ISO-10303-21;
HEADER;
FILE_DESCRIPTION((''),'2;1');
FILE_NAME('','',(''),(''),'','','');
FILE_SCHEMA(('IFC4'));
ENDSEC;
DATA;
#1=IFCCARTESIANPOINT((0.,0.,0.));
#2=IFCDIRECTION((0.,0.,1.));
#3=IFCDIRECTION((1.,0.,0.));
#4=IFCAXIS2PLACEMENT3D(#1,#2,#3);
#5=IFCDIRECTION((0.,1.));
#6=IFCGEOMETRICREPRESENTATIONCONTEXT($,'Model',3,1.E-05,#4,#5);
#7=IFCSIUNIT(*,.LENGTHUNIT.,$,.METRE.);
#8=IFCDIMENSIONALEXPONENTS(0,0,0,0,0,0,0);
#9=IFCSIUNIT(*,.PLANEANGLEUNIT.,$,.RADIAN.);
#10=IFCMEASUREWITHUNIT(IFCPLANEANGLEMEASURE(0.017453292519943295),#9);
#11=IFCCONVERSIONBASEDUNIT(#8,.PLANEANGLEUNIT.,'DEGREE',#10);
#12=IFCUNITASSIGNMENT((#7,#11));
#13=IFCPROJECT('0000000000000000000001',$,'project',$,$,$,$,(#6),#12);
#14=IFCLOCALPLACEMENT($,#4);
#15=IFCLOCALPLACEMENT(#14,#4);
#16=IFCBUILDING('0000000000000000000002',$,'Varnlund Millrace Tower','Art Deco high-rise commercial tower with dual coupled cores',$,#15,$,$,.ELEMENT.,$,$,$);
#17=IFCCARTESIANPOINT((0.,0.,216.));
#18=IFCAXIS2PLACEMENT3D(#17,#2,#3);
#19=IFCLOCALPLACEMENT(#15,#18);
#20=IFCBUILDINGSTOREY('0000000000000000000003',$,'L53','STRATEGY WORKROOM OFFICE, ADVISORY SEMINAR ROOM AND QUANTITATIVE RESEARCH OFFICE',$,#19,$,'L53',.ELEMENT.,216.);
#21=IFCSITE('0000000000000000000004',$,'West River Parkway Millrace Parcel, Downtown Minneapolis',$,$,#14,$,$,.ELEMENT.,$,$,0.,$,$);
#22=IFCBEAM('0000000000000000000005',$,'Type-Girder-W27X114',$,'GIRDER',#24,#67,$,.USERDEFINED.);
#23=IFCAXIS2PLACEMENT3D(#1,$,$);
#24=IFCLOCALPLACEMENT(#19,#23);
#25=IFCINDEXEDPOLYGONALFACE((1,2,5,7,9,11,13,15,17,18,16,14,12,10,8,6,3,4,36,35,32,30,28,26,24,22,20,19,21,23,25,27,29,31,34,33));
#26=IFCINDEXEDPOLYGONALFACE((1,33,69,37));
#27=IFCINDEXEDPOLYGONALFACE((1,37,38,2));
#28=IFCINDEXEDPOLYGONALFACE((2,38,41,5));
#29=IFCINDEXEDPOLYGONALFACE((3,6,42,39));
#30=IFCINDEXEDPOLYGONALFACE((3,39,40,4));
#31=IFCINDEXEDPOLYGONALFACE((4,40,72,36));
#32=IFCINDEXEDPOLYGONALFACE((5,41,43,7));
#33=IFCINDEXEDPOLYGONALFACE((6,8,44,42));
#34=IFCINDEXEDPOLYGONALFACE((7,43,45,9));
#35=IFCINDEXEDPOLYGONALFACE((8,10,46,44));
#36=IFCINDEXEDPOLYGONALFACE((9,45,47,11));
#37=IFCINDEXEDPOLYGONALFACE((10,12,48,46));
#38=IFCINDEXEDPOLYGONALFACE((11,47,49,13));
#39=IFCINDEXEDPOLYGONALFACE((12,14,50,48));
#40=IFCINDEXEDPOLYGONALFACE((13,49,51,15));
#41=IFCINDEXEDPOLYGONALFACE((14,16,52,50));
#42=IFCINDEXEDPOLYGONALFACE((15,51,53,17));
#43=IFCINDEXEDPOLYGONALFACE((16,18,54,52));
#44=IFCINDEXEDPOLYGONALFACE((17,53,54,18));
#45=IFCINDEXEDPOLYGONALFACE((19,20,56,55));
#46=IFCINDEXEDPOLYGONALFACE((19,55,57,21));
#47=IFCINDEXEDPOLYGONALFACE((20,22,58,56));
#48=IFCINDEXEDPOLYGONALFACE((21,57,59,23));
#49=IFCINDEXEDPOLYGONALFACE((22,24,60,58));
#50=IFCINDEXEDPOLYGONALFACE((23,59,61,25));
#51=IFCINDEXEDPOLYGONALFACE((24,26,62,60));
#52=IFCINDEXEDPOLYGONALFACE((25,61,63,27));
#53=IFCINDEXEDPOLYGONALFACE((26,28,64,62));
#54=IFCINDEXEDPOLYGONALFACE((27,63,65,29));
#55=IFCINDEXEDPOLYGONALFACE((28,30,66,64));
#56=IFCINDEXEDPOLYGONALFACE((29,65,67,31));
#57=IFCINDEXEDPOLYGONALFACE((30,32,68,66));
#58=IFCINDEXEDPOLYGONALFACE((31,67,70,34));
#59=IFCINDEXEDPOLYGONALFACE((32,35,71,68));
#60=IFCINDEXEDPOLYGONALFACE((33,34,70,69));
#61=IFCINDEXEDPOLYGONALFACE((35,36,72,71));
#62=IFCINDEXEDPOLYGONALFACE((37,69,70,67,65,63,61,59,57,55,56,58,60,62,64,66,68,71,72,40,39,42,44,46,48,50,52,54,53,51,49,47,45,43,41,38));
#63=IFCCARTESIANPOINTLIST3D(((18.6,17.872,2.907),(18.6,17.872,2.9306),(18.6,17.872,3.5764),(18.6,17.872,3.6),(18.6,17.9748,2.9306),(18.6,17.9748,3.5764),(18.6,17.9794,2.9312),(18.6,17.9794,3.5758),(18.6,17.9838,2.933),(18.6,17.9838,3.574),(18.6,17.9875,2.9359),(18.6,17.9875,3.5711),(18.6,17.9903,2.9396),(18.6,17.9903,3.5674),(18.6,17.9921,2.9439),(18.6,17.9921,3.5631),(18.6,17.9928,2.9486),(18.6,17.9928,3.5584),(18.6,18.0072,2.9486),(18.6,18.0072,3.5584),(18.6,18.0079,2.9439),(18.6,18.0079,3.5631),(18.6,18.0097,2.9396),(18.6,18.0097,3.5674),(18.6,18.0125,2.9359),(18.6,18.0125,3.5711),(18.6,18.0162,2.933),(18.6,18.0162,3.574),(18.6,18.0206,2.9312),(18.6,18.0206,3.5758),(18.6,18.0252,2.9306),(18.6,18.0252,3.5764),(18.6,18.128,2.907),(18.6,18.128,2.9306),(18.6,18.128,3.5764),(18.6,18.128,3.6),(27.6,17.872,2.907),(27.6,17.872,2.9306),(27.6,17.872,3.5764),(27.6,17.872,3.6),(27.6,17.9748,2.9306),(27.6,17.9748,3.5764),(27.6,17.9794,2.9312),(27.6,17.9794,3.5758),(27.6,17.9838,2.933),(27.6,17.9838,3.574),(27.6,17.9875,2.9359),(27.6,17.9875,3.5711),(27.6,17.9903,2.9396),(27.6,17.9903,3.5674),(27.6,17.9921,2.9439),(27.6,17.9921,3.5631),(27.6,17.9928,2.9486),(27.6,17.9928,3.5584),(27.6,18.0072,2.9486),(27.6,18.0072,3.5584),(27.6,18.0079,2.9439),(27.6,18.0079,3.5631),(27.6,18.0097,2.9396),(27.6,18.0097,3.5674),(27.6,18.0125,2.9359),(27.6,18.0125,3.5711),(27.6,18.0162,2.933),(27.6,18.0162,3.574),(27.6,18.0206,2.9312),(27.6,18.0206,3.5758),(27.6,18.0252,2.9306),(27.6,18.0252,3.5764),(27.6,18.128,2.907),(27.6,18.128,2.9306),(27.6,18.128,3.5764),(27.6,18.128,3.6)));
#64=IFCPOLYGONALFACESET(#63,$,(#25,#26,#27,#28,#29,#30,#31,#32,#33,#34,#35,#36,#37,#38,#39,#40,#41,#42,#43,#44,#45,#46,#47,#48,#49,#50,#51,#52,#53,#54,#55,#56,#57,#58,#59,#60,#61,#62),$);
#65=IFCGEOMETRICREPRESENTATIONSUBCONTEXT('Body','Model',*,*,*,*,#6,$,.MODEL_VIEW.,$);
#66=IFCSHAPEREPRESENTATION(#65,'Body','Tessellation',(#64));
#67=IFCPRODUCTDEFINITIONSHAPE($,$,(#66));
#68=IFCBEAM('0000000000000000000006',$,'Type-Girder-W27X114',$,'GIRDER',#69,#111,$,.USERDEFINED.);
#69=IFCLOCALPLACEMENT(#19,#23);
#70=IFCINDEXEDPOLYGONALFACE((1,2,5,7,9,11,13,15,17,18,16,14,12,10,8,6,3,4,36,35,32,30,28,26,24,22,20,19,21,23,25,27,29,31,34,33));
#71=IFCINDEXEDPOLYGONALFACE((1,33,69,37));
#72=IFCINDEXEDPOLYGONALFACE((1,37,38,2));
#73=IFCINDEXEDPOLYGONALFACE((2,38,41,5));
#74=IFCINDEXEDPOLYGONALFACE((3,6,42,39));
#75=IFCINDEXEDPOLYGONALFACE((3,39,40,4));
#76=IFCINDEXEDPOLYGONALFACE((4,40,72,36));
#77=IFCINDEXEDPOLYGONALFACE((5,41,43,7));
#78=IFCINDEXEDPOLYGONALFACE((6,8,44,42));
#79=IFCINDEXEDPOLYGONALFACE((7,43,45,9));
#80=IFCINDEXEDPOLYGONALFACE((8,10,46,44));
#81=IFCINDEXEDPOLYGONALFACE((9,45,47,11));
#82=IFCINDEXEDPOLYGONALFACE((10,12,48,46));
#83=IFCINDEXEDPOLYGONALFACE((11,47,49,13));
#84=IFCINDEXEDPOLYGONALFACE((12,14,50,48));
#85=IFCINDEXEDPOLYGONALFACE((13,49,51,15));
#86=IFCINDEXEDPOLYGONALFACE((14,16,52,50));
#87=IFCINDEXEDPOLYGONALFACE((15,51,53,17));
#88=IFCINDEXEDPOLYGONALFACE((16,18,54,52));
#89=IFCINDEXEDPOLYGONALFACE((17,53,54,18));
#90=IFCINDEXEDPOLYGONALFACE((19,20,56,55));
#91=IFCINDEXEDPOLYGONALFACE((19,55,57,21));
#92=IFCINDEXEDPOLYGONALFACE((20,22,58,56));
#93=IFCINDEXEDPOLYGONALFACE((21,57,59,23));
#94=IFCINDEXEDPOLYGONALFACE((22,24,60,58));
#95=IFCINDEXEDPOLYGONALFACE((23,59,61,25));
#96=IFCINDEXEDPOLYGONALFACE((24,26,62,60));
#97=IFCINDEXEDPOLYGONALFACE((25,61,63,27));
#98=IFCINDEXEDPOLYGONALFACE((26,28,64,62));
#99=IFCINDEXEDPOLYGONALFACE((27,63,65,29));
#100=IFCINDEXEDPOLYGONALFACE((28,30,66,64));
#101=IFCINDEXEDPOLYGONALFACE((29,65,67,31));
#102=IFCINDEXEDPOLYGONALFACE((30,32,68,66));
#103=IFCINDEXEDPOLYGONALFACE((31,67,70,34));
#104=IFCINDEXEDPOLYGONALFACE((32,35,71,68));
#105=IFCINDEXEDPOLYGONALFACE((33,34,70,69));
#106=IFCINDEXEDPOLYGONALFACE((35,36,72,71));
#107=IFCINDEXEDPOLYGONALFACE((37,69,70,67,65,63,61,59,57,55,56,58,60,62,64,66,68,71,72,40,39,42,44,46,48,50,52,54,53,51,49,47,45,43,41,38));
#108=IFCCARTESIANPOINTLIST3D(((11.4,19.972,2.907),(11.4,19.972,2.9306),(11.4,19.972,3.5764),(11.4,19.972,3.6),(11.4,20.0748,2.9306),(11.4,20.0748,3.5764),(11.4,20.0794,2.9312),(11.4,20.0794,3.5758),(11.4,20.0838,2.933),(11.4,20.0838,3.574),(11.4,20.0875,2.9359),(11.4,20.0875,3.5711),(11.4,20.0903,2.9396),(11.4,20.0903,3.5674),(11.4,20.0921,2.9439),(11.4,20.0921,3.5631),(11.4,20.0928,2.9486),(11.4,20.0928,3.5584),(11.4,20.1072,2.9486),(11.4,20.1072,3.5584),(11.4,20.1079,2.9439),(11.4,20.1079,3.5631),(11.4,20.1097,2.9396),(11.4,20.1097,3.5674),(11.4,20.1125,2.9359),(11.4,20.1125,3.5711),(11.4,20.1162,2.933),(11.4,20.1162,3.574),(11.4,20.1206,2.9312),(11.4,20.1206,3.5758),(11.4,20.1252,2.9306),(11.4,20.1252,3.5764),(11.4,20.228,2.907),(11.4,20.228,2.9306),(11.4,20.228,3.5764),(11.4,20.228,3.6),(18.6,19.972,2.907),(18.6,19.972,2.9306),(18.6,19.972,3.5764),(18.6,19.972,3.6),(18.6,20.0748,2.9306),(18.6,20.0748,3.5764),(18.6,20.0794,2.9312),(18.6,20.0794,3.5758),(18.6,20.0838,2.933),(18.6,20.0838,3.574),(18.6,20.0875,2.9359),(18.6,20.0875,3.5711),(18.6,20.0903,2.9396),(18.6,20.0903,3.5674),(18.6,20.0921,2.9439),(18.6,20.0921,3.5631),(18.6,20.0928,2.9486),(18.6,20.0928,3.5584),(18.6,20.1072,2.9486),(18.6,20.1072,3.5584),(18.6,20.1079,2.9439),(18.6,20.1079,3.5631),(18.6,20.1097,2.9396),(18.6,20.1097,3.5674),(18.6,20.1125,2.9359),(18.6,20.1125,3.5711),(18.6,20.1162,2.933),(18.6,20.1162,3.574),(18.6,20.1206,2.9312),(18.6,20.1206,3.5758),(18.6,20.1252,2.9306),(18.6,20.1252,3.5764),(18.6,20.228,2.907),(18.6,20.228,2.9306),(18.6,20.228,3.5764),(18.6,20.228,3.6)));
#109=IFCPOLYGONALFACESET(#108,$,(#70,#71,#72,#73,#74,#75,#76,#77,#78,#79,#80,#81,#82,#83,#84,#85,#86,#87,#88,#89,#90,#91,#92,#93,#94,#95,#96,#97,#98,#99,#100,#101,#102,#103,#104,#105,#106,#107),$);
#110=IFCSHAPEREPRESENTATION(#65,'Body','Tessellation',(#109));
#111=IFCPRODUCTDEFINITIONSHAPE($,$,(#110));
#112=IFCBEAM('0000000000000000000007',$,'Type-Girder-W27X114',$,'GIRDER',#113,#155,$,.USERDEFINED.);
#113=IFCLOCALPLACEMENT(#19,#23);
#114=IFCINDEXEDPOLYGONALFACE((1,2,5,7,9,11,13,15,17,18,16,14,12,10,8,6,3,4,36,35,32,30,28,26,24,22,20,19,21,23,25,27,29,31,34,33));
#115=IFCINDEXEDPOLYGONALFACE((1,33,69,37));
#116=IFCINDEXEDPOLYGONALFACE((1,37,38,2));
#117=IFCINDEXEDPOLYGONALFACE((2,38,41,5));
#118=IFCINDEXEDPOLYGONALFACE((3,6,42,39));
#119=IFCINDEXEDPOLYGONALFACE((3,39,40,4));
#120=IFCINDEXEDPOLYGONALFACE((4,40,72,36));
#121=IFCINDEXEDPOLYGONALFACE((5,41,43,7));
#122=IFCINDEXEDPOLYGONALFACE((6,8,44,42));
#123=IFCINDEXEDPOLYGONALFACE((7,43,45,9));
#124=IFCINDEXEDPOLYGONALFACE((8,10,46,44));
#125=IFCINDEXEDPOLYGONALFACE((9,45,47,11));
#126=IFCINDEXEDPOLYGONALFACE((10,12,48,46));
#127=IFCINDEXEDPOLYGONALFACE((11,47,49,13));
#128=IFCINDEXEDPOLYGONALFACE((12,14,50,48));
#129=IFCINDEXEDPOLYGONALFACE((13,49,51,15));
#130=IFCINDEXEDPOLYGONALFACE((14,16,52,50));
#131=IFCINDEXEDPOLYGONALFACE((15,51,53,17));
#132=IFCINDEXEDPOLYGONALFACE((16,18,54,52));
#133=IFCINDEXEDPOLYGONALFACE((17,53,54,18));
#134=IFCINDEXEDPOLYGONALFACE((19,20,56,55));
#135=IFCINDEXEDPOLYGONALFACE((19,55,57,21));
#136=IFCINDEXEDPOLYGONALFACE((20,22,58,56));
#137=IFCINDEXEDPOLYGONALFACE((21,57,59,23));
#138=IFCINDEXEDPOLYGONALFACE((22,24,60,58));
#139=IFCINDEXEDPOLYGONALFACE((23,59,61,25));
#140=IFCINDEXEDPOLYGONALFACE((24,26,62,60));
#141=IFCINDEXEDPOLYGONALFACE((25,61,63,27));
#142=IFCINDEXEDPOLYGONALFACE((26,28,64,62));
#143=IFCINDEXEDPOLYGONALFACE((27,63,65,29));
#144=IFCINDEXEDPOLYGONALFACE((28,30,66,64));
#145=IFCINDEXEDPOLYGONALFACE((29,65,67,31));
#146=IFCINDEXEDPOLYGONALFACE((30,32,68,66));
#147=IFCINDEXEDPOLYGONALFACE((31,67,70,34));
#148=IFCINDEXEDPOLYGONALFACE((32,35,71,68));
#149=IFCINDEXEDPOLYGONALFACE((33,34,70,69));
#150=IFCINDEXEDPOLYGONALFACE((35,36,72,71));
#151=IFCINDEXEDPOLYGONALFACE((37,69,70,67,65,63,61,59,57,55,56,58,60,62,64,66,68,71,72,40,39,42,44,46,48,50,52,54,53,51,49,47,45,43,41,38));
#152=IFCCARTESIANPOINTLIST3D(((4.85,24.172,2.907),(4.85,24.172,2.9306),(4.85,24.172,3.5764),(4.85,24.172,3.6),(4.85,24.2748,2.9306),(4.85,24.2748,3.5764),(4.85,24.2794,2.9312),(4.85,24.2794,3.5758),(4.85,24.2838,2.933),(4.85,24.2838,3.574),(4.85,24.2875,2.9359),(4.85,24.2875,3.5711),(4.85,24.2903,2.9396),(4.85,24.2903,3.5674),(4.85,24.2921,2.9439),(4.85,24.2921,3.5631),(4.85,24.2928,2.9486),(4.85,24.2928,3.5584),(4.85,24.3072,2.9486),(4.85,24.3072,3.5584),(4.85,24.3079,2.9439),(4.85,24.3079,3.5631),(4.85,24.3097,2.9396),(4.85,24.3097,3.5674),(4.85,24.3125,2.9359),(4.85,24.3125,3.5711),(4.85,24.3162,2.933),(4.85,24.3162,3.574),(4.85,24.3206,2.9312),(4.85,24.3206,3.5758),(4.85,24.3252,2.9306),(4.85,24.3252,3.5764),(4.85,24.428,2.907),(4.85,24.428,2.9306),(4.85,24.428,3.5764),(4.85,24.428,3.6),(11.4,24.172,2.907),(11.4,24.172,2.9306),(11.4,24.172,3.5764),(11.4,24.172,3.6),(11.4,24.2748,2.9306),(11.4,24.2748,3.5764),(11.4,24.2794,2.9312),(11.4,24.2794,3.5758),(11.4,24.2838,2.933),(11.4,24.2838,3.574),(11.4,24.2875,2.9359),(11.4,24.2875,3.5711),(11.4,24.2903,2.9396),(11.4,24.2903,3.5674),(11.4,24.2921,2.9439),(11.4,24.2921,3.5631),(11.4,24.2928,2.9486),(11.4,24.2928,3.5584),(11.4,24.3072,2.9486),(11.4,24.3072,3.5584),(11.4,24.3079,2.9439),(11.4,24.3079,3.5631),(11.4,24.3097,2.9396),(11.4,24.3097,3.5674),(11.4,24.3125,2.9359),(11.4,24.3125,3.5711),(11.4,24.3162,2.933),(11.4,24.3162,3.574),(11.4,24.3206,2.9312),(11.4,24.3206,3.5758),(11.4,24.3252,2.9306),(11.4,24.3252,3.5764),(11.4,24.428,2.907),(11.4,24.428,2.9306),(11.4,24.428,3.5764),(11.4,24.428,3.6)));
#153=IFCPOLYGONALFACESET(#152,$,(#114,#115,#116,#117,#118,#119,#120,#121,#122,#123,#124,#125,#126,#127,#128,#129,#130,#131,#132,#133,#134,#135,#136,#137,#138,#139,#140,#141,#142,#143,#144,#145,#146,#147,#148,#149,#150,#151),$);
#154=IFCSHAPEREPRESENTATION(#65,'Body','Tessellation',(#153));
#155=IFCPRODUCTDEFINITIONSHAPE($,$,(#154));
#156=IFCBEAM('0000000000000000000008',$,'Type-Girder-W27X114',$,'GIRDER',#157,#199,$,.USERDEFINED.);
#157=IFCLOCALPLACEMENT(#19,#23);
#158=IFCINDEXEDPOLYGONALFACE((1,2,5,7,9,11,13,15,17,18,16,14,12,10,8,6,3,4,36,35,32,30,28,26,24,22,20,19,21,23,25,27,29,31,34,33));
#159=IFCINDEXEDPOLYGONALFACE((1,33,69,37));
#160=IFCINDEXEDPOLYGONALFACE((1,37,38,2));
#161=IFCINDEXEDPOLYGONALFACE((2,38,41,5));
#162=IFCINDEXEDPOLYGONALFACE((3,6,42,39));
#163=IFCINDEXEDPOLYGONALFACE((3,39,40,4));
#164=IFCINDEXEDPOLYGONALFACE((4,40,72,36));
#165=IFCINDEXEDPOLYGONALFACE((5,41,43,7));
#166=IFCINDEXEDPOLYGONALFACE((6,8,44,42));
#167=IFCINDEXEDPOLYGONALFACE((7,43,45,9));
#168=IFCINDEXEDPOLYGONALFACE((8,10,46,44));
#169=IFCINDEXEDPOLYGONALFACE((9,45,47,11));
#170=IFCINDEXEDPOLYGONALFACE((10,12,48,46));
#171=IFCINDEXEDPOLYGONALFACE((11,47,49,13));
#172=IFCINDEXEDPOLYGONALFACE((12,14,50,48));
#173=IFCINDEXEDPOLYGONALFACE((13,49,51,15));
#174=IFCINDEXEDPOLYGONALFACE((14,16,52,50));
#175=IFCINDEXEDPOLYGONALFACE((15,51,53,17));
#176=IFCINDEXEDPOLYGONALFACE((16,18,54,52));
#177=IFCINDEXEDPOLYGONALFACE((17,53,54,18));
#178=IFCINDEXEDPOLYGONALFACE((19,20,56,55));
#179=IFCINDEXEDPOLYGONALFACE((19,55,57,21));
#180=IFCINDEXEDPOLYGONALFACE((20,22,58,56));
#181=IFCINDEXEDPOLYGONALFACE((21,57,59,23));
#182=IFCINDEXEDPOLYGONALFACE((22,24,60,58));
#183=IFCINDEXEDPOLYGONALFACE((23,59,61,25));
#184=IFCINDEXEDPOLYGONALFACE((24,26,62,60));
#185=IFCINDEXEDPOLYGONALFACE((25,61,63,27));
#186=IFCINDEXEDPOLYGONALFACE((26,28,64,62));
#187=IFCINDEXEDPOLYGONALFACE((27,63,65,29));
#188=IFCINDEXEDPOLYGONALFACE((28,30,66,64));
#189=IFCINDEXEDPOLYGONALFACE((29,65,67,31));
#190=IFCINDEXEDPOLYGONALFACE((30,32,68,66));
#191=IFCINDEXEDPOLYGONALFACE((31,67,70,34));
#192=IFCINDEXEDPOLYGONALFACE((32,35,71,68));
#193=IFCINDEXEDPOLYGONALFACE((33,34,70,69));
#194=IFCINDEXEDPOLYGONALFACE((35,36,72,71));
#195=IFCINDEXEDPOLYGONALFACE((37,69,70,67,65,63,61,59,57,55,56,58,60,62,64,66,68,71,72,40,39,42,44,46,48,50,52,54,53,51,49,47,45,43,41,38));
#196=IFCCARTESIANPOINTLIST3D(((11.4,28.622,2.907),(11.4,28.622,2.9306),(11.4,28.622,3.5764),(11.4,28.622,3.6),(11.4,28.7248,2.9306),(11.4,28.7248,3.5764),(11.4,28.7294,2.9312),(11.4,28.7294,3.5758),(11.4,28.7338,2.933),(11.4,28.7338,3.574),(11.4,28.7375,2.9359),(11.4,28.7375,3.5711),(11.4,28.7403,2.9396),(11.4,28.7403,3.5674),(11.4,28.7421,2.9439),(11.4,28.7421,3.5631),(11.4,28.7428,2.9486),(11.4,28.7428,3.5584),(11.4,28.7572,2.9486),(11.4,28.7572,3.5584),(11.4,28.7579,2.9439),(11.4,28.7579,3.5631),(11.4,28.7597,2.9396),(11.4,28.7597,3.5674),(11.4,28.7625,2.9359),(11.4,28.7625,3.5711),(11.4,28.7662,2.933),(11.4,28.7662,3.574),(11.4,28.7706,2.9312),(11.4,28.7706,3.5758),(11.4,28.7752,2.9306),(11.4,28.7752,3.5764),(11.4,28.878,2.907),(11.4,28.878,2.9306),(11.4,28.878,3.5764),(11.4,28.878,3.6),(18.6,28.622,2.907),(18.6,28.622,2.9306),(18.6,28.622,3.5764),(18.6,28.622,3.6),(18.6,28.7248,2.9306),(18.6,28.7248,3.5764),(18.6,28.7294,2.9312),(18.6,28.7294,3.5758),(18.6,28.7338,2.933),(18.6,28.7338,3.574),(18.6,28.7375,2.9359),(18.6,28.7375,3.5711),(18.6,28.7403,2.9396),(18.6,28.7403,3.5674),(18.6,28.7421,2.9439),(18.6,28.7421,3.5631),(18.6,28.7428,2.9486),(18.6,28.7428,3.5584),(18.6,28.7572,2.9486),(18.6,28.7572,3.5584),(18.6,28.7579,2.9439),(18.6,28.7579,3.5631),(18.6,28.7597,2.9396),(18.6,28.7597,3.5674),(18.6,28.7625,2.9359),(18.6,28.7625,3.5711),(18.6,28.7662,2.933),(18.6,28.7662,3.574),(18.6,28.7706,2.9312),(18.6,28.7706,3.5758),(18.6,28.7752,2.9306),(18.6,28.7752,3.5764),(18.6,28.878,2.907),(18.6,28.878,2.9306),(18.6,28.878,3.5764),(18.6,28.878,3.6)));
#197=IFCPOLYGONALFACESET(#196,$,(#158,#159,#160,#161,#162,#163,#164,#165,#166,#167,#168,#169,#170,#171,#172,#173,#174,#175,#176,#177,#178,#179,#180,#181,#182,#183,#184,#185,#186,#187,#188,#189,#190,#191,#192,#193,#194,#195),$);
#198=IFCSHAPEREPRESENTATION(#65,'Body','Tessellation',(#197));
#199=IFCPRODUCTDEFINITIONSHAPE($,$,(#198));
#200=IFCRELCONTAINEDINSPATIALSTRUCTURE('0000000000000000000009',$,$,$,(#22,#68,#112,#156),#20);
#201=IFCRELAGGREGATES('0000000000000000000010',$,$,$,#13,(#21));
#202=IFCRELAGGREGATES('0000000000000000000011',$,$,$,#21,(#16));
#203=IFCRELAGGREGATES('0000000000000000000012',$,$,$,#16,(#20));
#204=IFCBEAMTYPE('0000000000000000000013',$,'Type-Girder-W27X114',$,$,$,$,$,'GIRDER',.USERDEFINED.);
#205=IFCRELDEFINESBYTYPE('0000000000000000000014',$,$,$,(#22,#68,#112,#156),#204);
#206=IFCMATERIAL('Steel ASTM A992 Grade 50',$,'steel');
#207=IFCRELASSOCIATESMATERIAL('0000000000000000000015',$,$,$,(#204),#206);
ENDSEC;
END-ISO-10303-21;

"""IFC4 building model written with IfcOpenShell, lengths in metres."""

from ifc_helpers import new_model, entity, si_unit, converted_unit, direction, frame, origin_with_axes, origin_2d_with_axis, place, context, subcontext, project, spatial, i_section, extrude, material, material_profile, profile_set, type_object, element, save


model = new_model("IFC4")

# Units and contexts
model_context = context("Model", 3, precision=1e-05, world=origin_with_axes(), true_north=direction((0.0, 1.0)))
body_context = subcontext(model_context, "Body", "Model", "MODEL_VIEW")
ifc_project = project(units=[si_unit("LENGTHUNIT", "METRE"), converted_unit("PLANEANGLEUNIT", "DEGREE", entity("IfcPlaneAngleMeasure", 0.017453292519943295), si_unit("PLANEANGLEUNIT", "RADIAN"), dimensions=[0, 0, 0, 0, 0, 0, 0])], contexts=[model_context])

# Site, building, storey
site_placement = place(None, origin_with_axes())
site = spatial("IfcSite", under=ifc_project, at=site_placement, Name="West River Parkway Millrace Parcel, Downtown Minneapolis", CompositionType="ELEMENT", RefElevation=0.0)
building_placement = place(site_placement, origin_with_axes())
building = spatial("IfcBuilding", under=site, at=building_placement, Name="Varnlund Millrace Tower", Description="Art Deco high-rise commercial tower with dual coupled cores", CompositionType="ELEMENT")
storey_placement = place(building_placement, frame((0.0, 0.0, 216.0), z_axis=(0.0, 0.0, 1.0), x_axis=(1.0, 0.0, 0.0)))
storey = spatial("IfcBuildingStorey", under=building, at=storey_placement, Name="L53", Description="STRATEGY WORKROOM OFFICE, ADVISORY SEMINAR ROOM AND QUANTITATIVE RESEARCH OFFICE", LongName="L53", CompositionType="ELEMENT", Elevation=216.0)

# Beams
ifc_material_1 = material(Name="Steel ASTM A992 Grade 50", Category="steel")
ifc_material_profile_1 = material_profile(ifc_material_1, i_section(OverallWidth=0.256, OverallDepth=0.693, WebThickness=0.0145, FlangeThickness=0.0236, FilletRadius=0.018, at=origin_2d_with_axis()), Name="Steel ASTM A992 Grade 50")
ifc_profile_set_1 = profile_set([ifc_material_profile_1], Name="Steel ASTM A992 Grade 50")
beam_type_1 = type_object("IfcBeamType", Name="Type-Girder-W27X114", ElementType="GIRDER", PredefinedType="USERDEFINED", material=ifc_profile_set_1)
beam_1_placement = place(storey_placement, frame((18.6, 18.0, 3.2535), z_axis=(1.0, 0.0, 0.0), x_axis=(0.0, 1.0, 0.0)))
element("IfcBeam", 1, at=beam_1_placement, inside=storey, type_object=beam_type_1, Name="Type-Girder-W27X114", ObjectType="GIRDER", PredefinedType="USERDEFINED", context=body_context, shape_type="SweptSolid", body=[
    extrude(i_section(OverallWidth=0.256, OverallDepth=0.693, WebThickness=0.0145, FlangeThickness=0.0236, FilletRadius=0.018, at=origin_2d_with_axis()), origin_with_axes(), (0.0, 0.0, 1.0), 9.0),
])
beam_2_placement = place(storey_placement, frame((11.4, 20.1, 3.2535), z_axis=(1.0, 0.0, 0.0), x_axis=(0.0, 1.0, 0.0)))
element("IfcBeam", 2, at=beam_2_placement, inside=storey, type_object=beam_type_1, Name="Type-Girder-W27X114", ObjectType="GIRDER", PredefinedType="USERDEFINED", context=body_context, shape_type="SweptSolid", body=[
    extrude(i_section(OverallWidth=0.256, OverallDepth=0.693, WebThickness=0.0145, FlangeThickness=0.0236, FilletRadius=0.018, at=origin_2d_with_axis()), origin_with_axes(), (0.0, 0.0, 1.0), 7.2),
])
beam_3_placement = place(storey_placement, frame((4.85, 24.3, 3.2535), z_axis=(1.0, 0.0, 0.0), x_axis=(0.0, 1.0, 0.0)))
element("IfcBeam", 3, at=beam_3_placement, inside=storey, type_object=beam_type_1, Name="Type-Girder-W27X114", ObjectType="GIRDER", PredefinedType="USERDEFINED", context=body_context, shape_type="SweptSolid", body=[
    extrude(i_section(OverallWidth=0.256, OverallDepth=0.693, WebThickness=0.0145, FlangeThickness=0.0236, FilletRadius=0.018, at=origin_2d_with_axis()), origin_with_axes(), (0.0, 0.0, 1.0), 6.55),
])
beam_4_placement = place(storey_placement, frame((11.4, 28.75, 3.2535), z_axis=(1.0, 0.0, 0.0), x_axis=(0.0, 1.0, 0.0)))
element("IfcBeam", 4, at=beam_4_placement, inside=storey, type_object=beam_type_1, Name="Type-Girder-W27X114", ObjectType="GIRDER", PredefinedType="USERDEFINED", context=body_context, shape_type="SweptSolid", body=[
    extrude(i_section(OverallWidth=0.256, OverallDepth=0.693, WebThickness=0.0145, FlangeThickness=0.0236, FilletRadius=0.018, at=origin_2d_with_axis()), origin_with_axes(), (0.0, 0.0, 1.0), 7.2),
])

save(model, "model.ifc")
